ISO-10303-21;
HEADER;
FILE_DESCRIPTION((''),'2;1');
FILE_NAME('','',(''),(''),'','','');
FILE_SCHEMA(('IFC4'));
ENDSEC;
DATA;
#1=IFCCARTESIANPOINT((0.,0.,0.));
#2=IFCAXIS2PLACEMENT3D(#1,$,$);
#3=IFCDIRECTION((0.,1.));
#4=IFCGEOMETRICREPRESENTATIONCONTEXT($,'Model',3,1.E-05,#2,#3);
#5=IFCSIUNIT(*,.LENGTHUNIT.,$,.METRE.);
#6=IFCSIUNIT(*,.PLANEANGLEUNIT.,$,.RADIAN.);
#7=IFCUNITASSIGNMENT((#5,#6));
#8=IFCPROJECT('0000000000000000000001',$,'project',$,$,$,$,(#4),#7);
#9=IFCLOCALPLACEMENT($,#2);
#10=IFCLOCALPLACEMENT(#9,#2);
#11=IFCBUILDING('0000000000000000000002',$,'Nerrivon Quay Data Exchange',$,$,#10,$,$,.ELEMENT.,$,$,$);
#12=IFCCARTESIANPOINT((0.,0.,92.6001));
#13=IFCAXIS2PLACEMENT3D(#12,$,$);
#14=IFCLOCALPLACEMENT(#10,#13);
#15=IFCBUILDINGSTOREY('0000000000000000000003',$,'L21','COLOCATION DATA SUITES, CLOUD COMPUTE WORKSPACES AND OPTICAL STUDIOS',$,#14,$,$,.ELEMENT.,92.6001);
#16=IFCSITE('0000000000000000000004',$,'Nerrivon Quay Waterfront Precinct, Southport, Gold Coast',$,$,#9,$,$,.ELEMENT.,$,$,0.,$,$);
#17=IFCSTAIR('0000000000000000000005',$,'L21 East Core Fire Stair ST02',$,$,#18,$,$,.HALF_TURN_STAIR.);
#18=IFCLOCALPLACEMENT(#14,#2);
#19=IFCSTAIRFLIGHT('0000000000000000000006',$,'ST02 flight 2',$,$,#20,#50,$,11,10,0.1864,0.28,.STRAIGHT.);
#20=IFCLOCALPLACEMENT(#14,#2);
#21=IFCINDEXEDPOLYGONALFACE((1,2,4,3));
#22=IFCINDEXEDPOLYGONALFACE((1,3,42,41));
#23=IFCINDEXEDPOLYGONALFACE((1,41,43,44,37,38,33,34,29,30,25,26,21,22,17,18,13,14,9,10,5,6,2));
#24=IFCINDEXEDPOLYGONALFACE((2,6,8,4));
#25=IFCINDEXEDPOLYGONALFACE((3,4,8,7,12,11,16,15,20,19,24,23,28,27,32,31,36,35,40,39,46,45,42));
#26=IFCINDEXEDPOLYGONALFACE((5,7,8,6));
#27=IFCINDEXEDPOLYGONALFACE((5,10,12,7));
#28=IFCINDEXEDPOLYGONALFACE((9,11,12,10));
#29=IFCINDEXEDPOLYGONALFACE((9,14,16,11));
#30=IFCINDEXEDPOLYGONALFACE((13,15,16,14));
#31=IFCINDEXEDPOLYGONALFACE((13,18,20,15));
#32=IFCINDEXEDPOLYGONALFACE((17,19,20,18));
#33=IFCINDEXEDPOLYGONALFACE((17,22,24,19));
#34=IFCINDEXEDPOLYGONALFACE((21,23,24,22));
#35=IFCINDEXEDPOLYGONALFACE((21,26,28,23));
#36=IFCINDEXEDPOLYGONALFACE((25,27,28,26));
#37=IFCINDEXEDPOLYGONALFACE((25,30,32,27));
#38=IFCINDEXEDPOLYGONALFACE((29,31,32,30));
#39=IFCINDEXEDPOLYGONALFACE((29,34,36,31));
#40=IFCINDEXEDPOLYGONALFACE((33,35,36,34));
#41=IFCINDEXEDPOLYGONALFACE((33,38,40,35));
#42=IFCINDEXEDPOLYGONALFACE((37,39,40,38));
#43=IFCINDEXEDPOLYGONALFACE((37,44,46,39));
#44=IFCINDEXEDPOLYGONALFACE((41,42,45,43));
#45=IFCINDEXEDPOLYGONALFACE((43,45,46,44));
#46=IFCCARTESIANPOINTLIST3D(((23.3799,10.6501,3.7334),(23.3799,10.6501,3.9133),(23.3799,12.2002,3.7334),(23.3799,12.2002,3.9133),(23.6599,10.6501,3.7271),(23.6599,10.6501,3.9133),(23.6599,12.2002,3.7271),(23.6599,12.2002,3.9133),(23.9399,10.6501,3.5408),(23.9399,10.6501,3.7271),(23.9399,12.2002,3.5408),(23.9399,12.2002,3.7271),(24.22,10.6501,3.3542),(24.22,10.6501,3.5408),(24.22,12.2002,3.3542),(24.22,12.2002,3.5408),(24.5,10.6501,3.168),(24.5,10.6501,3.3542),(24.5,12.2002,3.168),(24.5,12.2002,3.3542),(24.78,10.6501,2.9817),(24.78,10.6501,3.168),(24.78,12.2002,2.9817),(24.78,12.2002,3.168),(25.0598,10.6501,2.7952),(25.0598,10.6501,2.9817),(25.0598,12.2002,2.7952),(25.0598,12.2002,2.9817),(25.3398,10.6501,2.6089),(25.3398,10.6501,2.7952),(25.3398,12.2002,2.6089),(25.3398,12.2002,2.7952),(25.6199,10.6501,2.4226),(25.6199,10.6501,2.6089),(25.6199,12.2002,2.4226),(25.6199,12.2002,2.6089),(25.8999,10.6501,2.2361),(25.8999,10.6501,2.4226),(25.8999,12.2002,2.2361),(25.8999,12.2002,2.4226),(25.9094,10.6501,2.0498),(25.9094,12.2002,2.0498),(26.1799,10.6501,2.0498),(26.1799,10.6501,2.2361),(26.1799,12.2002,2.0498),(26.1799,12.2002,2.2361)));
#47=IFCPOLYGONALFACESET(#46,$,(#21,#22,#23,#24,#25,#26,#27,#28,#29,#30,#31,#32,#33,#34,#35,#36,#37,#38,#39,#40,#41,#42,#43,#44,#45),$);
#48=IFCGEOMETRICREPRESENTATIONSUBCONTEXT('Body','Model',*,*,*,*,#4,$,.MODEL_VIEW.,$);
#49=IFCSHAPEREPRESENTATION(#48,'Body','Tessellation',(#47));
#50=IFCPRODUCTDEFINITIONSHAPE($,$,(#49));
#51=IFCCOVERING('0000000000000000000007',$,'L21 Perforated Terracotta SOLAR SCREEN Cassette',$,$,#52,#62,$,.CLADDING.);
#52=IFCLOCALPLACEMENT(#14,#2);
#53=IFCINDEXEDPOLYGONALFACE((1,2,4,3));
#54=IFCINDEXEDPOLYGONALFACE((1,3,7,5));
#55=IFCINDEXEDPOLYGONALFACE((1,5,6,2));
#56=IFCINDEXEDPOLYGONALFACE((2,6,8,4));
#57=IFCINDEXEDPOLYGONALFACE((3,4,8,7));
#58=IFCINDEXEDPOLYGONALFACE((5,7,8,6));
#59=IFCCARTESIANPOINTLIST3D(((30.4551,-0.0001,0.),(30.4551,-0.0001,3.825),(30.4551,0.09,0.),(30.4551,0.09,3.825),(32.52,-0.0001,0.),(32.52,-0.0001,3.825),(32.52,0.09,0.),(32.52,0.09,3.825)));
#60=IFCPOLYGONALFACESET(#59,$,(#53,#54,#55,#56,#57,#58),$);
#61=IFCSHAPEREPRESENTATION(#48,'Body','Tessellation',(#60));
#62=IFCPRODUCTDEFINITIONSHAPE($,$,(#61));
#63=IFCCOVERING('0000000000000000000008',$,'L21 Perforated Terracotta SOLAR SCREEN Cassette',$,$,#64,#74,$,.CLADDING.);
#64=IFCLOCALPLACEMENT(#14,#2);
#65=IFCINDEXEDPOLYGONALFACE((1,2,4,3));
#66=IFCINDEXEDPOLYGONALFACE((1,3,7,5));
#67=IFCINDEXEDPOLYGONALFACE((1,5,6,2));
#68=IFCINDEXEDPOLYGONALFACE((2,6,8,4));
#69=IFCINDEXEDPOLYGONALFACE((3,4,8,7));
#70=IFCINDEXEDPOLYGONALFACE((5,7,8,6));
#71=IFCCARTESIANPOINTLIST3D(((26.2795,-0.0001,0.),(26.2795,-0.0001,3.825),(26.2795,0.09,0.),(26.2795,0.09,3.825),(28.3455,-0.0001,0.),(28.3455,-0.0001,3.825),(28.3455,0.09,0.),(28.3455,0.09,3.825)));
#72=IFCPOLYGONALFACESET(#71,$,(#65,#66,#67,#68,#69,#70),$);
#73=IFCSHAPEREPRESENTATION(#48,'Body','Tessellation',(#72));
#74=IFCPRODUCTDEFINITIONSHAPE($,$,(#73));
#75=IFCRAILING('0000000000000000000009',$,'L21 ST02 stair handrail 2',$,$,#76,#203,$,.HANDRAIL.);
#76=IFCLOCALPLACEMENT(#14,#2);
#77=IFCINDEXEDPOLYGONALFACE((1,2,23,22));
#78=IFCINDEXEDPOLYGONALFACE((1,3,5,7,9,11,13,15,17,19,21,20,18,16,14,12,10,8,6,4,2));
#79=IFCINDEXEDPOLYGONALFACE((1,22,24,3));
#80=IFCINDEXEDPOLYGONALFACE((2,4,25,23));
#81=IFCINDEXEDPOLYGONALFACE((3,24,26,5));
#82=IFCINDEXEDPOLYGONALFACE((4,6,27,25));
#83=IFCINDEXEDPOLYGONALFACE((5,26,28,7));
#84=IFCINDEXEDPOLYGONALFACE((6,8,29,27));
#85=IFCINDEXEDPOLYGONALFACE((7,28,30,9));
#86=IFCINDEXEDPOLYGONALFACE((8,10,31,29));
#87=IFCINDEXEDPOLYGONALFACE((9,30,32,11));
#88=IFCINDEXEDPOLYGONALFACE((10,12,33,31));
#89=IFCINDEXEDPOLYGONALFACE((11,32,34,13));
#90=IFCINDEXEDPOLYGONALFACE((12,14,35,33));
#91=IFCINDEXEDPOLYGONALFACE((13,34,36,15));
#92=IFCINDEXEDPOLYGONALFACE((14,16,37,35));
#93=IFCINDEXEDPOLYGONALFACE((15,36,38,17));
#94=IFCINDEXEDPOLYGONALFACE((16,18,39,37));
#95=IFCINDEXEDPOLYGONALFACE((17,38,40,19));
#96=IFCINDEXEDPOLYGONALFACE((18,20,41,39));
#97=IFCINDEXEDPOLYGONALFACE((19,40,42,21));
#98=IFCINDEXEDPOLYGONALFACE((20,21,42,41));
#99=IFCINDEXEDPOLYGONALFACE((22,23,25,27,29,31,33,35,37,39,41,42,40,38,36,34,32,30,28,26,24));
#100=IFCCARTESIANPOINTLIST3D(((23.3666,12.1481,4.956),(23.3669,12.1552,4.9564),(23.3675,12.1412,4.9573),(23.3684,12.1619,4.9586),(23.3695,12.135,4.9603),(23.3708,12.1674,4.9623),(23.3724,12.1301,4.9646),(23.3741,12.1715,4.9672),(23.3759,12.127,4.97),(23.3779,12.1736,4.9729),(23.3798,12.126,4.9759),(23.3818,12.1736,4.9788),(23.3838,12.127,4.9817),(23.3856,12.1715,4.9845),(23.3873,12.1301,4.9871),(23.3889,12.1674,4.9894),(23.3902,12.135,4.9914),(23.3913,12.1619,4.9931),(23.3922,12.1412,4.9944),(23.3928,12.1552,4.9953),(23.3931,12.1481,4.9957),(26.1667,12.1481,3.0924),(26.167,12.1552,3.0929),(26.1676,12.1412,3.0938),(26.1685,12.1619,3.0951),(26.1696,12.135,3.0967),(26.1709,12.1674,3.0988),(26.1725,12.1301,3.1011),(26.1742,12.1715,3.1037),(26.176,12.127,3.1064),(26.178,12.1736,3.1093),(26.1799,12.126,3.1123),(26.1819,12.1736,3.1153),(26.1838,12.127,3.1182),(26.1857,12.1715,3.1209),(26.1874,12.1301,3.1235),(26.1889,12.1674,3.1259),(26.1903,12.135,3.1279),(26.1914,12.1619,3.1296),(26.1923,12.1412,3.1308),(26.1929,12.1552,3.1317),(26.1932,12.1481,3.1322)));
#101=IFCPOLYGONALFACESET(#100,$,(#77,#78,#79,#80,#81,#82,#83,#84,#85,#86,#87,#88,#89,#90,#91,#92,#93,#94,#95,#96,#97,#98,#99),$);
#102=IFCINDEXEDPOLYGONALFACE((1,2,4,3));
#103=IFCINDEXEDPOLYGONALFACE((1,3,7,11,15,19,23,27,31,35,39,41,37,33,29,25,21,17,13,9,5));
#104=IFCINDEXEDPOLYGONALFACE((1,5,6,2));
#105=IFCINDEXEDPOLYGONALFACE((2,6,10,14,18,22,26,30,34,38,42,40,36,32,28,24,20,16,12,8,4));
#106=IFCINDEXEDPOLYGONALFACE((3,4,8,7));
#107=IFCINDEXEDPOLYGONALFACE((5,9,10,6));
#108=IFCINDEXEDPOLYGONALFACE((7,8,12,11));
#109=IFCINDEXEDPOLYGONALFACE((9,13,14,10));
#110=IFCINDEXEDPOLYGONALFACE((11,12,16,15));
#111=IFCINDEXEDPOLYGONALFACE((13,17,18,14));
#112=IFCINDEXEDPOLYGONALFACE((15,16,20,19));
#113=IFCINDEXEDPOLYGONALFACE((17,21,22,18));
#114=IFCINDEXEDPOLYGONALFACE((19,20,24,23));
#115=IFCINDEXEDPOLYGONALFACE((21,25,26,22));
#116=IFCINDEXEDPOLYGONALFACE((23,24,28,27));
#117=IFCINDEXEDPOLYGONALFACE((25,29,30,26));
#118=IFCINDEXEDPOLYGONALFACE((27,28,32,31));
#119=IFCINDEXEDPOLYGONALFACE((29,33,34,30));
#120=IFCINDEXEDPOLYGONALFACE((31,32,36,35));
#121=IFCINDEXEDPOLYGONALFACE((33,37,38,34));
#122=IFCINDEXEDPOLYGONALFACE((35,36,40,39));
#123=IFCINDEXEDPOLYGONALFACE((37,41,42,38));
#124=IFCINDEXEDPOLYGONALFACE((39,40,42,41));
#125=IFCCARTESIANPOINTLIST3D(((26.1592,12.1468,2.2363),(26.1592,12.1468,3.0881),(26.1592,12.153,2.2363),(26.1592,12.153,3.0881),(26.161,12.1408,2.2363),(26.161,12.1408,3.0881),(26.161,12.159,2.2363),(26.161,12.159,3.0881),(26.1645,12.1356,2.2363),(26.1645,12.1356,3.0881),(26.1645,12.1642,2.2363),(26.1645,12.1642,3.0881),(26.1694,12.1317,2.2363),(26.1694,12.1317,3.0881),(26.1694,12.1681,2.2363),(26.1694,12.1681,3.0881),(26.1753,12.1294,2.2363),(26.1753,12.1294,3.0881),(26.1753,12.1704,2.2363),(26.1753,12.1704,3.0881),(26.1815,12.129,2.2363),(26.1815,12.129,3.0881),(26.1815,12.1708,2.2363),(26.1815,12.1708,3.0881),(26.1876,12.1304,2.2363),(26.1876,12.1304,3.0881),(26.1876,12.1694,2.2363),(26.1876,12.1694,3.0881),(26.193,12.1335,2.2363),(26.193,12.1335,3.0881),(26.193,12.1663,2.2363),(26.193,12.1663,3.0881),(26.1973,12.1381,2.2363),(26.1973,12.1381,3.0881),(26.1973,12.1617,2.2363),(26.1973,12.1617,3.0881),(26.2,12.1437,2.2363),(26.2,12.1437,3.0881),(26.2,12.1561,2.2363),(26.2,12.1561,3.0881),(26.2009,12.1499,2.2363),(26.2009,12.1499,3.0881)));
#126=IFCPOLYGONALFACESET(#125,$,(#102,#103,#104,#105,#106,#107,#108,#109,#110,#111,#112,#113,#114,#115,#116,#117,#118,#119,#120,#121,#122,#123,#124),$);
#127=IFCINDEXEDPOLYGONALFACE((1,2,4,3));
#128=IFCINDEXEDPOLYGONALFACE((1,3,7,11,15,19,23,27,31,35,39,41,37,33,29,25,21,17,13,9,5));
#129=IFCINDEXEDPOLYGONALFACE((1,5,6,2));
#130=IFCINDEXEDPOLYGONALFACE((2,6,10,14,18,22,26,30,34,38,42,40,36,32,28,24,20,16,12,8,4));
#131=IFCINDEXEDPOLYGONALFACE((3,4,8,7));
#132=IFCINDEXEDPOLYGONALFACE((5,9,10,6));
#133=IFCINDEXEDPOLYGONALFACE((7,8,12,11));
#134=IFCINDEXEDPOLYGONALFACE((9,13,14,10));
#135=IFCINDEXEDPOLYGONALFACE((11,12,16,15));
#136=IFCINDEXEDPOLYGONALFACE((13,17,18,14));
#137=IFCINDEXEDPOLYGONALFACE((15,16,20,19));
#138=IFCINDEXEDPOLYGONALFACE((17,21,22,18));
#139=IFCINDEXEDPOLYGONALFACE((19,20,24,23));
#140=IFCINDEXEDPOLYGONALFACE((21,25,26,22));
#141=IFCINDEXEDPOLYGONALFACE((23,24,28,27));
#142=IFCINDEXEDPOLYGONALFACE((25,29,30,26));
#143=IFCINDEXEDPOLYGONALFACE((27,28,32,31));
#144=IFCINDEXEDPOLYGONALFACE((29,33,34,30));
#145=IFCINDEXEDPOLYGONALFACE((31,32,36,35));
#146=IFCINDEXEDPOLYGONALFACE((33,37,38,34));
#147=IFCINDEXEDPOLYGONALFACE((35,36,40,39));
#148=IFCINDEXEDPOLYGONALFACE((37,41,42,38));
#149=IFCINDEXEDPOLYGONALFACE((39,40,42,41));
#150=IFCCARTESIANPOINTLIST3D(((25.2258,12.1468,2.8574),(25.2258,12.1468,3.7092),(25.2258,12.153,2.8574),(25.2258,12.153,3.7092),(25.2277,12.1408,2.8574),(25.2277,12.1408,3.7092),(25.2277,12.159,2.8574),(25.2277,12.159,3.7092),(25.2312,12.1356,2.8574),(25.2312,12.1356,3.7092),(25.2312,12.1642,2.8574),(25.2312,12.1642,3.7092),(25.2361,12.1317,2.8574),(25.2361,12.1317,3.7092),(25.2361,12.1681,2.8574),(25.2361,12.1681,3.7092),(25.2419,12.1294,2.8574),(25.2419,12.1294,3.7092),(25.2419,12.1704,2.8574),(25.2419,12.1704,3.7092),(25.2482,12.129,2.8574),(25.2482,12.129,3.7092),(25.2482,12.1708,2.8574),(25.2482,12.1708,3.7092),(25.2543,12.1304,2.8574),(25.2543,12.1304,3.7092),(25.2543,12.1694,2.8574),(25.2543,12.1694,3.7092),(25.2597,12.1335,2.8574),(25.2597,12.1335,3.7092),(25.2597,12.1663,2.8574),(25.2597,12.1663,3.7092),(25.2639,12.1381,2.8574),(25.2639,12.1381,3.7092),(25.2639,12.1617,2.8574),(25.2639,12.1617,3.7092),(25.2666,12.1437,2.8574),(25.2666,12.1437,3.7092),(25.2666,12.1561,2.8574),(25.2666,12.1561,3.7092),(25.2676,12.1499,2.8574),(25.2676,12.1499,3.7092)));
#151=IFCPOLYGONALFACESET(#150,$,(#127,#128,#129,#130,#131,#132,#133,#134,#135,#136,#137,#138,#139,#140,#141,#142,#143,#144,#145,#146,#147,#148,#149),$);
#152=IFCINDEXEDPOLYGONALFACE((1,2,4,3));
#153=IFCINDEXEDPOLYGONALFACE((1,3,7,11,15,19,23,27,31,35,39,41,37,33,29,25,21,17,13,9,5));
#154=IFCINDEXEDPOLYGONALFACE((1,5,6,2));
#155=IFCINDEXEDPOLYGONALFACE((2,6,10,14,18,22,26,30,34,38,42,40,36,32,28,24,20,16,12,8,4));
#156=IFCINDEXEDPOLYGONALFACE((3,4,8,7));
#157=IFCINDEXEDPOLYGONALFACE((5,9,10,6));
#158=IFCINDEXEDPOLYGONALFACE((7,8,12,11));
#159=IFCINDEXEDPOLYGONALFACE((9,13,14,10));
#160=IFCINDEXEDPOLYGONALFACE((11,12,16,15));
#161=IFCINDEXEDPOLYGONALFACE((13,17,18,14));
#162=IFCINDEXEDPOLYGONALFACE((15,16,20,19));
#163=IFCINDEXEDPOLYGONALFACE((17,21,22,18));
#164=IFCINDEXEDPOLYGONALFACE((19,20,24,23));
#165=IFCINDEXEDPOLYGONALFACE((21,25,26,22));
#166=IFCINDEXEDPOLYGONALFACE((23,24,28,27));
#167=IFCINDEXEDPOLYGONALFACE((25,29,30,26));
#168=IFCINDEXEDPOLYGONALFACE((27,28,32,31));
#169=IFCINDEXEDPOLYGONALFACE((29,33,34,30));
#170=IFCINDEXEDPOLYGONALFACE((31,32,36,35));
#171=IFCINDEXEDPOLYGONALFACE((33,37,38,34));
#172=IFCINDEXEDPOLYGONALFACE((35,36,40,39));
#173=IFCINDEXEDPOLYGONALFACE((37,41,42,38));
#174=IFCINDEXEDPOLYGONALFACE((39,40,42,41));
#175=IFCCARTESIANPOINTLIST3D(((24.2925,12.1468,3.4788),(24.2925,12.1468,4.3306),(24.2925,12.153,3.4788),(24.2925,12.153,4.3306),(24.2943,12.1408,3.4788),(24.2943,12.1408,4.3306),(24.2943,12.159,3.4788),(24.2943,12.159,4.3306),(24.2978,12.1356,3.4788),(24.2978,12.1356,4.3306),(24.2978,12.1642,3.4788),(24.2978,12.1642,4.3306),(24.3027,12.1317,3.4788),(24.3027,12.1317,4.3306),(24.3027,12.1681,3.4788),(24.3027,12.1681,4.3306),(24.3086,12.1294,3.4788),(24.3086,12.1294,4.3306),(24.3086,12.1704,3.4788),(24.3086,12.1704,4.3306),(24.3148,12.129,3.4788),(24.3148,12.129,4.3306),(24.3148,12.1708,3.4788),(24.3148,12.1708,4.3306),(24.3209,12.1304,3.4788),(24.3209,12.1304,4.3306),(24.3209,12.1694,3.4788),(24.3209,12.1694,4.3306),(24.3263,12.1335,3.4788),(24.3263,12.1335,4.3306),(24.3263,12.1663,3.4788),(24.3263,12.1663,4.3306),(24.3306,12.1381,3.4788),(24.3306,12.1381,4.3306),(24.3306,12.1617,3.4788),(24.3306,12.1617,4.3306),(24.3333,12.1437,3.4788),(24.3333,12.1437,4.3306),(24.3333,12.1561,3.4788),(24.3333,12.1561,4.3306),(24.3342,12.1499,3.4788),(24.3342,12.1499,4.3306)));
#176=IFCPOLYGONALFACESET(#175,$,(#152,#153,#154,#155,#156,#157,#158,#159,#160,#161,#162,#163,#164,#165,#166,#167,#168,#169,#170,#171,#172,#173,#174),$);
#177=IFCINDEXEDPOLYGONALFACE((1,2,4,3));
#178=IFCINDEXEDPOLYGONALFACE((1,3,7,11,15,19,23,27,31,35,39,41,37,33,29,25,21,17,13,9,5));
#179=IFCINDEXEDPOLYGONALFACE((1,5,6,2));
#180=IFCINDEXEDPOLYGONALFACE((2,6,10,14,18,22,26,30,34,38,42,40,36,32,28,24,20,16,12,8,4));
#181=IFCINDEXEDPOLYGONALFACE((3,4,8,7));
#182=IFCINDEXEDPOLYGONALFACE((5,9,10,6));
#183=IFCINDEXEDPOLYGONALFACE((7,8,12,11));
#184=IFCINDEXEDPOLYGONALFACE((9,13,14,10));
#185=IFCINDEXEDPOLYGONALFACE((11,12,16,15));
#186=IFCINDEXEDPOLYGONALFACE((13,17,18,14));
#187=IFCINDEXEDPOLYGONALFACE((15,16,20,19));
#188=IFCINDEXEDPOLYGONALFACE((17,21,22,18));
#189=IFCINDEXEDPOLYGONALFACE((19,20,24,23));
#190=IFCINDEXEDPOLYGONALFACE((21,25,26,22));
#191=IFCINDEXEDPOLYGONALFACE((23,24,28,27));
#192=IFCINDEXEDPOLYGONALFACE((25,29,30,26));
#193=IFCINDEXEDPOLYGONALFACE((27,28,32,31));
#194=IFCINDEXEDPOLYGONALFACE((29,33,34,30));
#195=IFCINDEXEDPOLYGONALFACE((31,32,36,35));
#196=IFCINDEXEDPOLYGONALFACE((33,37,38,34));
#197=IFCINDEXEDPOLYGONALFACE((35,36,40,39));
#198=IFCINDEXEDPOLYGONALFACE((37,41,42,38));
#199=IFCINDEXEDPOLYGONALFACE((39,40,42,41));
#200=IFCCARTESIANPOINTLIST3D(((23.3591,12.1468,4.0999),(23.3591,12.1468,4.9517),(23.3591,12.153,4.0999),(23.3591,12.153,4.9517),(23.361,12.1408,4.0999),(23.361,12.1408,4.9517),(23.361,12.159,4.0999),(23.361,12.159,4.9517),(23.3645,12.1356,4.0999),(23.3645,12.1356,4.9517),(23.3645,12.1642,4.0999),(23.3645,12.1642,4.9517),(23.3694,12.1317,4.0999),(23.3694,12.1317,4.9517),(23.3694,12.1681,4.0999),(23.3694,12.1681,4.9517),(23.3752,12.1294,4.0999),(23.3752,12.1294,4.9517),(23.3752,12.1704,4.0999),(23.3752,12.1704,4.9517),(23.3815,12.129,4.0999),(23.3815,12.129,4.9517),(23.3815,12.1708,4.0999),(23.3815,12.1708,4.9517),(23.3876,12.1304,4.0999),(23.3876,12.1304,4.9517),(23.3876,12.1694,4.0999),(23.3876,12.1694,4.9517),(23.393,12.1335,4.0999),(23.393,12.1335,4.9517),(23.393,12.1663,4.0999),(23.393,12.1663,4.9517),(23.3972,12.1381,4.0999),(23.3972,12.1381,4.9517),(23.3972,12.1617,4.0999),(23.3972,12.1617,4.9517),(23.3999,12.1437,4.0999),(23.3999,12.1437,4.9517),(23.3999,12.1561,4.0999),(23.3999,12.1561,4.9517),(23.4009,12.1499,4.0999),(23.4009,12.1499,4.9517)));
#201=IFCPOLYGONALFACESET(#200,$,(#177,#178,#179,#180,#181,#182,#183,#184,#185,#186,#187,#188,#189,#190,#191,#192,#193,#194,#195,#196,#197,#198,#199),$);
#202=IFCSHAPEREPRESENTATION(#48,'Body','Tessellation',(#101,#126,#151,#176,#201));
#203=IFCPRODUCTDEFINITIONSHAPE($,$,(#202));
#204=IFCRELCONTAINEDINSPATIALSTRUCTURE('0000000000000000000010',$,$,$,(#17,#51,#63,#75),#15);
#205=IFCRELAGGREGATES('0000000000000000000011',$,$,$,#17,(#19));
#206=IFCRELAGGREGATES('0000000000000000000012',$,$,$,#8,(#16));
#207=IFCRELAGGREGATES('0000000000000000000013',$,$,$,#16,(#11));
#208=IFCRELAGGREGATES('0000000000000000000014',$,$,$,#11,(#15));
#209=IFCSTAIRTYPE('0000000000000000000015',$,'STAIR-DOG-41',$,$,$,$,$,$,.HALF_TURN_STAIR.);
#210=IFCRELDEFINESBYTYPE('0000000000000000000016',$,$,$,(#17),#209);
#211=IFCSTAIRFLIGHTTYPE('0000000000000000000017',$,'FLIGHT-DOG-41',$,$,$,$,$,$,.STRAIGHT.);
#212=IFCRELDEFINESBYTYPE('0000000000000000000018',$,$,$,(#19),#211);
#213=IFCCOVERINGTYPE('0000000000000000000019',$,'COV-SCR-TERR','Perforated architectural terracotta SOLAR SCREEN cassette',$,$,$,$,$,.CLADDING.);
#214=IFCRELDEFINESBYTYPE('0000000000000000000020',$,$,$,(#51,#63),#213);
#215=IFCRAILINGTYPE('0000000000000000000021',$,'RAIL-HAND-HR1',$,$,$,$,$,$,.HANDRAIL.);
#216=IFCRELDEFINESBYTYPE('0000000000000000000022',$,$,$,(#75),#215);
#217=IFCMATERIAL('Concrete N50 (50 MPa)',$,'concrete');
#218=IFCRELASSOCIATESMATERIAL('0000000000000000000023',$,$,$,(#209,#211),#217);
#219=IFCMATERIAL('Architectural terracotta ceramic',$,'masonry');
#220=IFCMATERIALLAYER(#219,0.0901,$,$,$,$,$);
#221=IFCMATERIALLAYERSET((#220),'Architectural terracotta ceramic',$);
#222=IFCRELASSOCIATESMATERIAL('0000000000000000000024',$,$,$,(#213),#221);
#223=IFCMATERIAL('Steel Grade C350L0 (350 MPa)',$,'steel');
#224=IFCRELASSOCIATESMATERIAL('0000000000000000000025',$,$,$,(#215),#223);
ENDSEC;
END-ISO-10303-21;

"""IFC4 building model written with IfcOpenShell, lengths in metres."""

from ifc_helpers import new_model, si_unit, direction, frame, origin, origin_2d, place, context, subcontext, project, spatial, polyline, rectangle, circle, outline, extrude, material, layer, layer_set, type_object, element, aggregate, save


model = new_model("IFC4")

# Units and contexts
model_context = context("Model", 3, precision=1e-05, world=origin(), true_north=direction((0.0, 1.0)))
body_context = subcontext(model_context, "Body", "Model", "MODEL_VIEW")
ifc_project = project(units=[si_unit("LENGTHUNIT", "METRE"), si_unit("PLANEANGLEUNIT", "RADIAN")], contexts=[model_context])

# Site, building, storey
site_placement = place(None, origin())
site = spatial("IfcSite", under=ifc_project, at=site_placement, Name="Nerrivon Quay Waterfront Precinct, Southport, Gold Coast", CompositionType="ELEMENT", RefElevation=0.0)
building_placement = place(site_placement, origin())
building = spatial("IfcBuilding", under=site, at=building_placement, Name="Nerrivon Quay Data Exchange", CompositionType="ELEMENT")
storey_placement = place(building_placement, frame((0.0, 0.0, 92.6001)))
storey = spatial("IfcBuildingStorey", under=building, at=storey_placement, Name="L21", Description="COLOCATION DATA SUITES, CLOUD COMPUTE WORKSPACES AND OPTICAL STUDIOS", CompositionType="ELEMENT", Elevation=92.6001)

# Shared definitions
ifc_material_1 = material(Name="Concrete N50 (50 MPa)", Category="concrete")

# Stair, stair flight
stair_type = type_object("IfcStairType", Name="STAIR-DOG-41", PredefinedType="HALF_TURN_STAIR", material=ifc_material_1)
stair_placement = place(storey_placement, origin())
stair = element("IfcStair", 1, at=stair_placement, inside=storey, type_object=stair_type, Name="L21 East Core Fire Stair ST02", PredefinedType="HALF_TURN_STAIR")
stair_flight_type = type_object("IfcStairFlightType", Name="FLIGHT-DOG-41", PredefinedType="STRAIGHT", material=ifc_material_1)
stair_flight_placement = place(storey_placement, frame((26.1799, 11.425, 2.0498), z_axis=(0.0, 0.0, 1.0), x_axis=(-1.0, 0.0, 0.0)))
stair_flight = element("IfcStairFlight", 2, at=stair_flight_placement, type_object=stair_flight_type, Name="ST02 flight 2", NumberOfRisers=11, NumberOfTreads=10, PredefinedType="STRAIGHT", RiserHeight=0.1864, TreadLength=0.28, context=body_context, shape_type="SweptSolid", body=[
    extrude(outline(polyline([(0.0, 0.0), (0.0, 0.1863), (0.28, 0.1863), (0.28, 0.3728), (0.5601, 0.3728), (0.5601, 0.5591), (0.8401, 0.5591), (0.8401, 0.7454), (1.1201, 0.7454), (1.1201, 0.9319), (1.3999, 0.9319), (1.3999, 1.1182), (1.6799, 1.1182), (1.6799, 1.3044), (1.96, 1.3044), (1.96, 1.491), (2.24, 1.491), (2.24, 1.6772), (2.52, 1.6772), (2.52, 1.8635), (2.8, 1.8635), (2.8, 2.05), (2.8, 1.6836), (0.2705, 0.0), (0.0, 0.0)])), frame((0.0, 0.7749, 0.0), z_axis=(0.0, -1.0, 0.0), x_axis=(1.0, 0.0, 0.0)), (0.0, 0.0, 1.0), 1.55),
])
aggregate(stair, [stair_flight])

# Coverings
ifc_material_2 = material(Name="Architectural terracotta ceramic", Category="masonry")
ifc_layer_1 = layer(ifc_material_2, 0.0901)
ifc_layer_set_1 = layer_set([ifc_layer_1], Name="Architectural terracotta ceramic")
covering_type = type_object("IfcCoveringType", Name="COV-SCR-TERR", Description="Perforated architectural terracotta SOLAR SCREEN cassette", PredefinedType="CLADDING", material=ifc_layer_set_1)
covering_1_placement = place(storey_placement, frame((31.4875, 0.0449, 0.0), z_axis=(0.0, 0.0, 1.0), x_axis=(-1.0, 0.0, 0.0)))
element("IfcCovering", 3, at=covering_1_placement, inside=storey, type_object=covering_type, Name="L21 Perforated Terracotta SOLAR SCREEN Cassette", PredefinedType="CLADDING", context=body_context, shape_type="SweptSolid", body=[
    extrude(rectangle(XDim=2.0649, YDim=0.0901, at=origin_2d()), origin(), (0.0, 0.0, 1.0), 3.825),
])
covering_2_placement = place(storey_placement, frame((27.3125, 0.0449, 0.0), z_axis=(0.0, 0.0, 1.0), x_axis=(-1.0, 0.0, 0.0)))
element("IfcCovering", 4, at=covering_2_placement, inside=storey, type_object=covering_type, Name="L21 Perforated Terracotta SOLAR SCREEN Cassette", PredefinedType="CLADDING", context=body_context, shape_type="SweptSolid", body=[
    extrude(rectangle(XDim=2.0659, YDim=0.0901, at=origin_2d()), origin(), (0.0, 0.0, 1.0), 3.825),
])

# Railing
ifc_material_3 = material(Name="Steel Grade C350L0 (350 MPa)", Category="steel")
railing_type_1 = type_object("IfcRailingType", Name="RAIL-HAND-HR1", PredefinedType="HANDRAIL", material=ifc_material_3)
railing_1_placement = place(storey_placement, frame((26.1799, 12.1499, 2.2363)))
element("IfcRailing", 5, at=railing_1_placement, inside=storey, type_object=railing_type_1, Name="L21 ST02 stair handrail 2", PredefinedType="HANDRAIL", context=body_context, shape_type="SweptSolid", body=[
    extrude(circle(Radius=0.0239, at=origin_2d()), frame((0.0, 0.0, 0.876), z_axis=(-0.832486, 0.0, 0.554047), x_axis=(0.0, -1.0, 0.0)), (0.0, 0.0, 1.0), 3.3635),
    extrude(circle(Radius=0.021, at=origin_2d()), origin(), (0.0, 0.0, 1.0), 0.8518),
    extrude(circle(Radius=0.021, at=origin_2d()), frame((-0.9333, 0.0, 0.6211)), (0.0, 0.0, 1.0), 0.8518),
    extrude(circle(Radius=0.021, at=origin_2d()), frame((-1.8667, 0.0, 1.2424)), (0.0, 0.0, 1.0), 0.8518),
    extrude(circle(Radius=0.021, at=origin_2d()), frame((-2.8, 0.0, 1.8635)), (0.0, 0.0, 1.0), 0.8518),
])

save(model, "model.ifc")
